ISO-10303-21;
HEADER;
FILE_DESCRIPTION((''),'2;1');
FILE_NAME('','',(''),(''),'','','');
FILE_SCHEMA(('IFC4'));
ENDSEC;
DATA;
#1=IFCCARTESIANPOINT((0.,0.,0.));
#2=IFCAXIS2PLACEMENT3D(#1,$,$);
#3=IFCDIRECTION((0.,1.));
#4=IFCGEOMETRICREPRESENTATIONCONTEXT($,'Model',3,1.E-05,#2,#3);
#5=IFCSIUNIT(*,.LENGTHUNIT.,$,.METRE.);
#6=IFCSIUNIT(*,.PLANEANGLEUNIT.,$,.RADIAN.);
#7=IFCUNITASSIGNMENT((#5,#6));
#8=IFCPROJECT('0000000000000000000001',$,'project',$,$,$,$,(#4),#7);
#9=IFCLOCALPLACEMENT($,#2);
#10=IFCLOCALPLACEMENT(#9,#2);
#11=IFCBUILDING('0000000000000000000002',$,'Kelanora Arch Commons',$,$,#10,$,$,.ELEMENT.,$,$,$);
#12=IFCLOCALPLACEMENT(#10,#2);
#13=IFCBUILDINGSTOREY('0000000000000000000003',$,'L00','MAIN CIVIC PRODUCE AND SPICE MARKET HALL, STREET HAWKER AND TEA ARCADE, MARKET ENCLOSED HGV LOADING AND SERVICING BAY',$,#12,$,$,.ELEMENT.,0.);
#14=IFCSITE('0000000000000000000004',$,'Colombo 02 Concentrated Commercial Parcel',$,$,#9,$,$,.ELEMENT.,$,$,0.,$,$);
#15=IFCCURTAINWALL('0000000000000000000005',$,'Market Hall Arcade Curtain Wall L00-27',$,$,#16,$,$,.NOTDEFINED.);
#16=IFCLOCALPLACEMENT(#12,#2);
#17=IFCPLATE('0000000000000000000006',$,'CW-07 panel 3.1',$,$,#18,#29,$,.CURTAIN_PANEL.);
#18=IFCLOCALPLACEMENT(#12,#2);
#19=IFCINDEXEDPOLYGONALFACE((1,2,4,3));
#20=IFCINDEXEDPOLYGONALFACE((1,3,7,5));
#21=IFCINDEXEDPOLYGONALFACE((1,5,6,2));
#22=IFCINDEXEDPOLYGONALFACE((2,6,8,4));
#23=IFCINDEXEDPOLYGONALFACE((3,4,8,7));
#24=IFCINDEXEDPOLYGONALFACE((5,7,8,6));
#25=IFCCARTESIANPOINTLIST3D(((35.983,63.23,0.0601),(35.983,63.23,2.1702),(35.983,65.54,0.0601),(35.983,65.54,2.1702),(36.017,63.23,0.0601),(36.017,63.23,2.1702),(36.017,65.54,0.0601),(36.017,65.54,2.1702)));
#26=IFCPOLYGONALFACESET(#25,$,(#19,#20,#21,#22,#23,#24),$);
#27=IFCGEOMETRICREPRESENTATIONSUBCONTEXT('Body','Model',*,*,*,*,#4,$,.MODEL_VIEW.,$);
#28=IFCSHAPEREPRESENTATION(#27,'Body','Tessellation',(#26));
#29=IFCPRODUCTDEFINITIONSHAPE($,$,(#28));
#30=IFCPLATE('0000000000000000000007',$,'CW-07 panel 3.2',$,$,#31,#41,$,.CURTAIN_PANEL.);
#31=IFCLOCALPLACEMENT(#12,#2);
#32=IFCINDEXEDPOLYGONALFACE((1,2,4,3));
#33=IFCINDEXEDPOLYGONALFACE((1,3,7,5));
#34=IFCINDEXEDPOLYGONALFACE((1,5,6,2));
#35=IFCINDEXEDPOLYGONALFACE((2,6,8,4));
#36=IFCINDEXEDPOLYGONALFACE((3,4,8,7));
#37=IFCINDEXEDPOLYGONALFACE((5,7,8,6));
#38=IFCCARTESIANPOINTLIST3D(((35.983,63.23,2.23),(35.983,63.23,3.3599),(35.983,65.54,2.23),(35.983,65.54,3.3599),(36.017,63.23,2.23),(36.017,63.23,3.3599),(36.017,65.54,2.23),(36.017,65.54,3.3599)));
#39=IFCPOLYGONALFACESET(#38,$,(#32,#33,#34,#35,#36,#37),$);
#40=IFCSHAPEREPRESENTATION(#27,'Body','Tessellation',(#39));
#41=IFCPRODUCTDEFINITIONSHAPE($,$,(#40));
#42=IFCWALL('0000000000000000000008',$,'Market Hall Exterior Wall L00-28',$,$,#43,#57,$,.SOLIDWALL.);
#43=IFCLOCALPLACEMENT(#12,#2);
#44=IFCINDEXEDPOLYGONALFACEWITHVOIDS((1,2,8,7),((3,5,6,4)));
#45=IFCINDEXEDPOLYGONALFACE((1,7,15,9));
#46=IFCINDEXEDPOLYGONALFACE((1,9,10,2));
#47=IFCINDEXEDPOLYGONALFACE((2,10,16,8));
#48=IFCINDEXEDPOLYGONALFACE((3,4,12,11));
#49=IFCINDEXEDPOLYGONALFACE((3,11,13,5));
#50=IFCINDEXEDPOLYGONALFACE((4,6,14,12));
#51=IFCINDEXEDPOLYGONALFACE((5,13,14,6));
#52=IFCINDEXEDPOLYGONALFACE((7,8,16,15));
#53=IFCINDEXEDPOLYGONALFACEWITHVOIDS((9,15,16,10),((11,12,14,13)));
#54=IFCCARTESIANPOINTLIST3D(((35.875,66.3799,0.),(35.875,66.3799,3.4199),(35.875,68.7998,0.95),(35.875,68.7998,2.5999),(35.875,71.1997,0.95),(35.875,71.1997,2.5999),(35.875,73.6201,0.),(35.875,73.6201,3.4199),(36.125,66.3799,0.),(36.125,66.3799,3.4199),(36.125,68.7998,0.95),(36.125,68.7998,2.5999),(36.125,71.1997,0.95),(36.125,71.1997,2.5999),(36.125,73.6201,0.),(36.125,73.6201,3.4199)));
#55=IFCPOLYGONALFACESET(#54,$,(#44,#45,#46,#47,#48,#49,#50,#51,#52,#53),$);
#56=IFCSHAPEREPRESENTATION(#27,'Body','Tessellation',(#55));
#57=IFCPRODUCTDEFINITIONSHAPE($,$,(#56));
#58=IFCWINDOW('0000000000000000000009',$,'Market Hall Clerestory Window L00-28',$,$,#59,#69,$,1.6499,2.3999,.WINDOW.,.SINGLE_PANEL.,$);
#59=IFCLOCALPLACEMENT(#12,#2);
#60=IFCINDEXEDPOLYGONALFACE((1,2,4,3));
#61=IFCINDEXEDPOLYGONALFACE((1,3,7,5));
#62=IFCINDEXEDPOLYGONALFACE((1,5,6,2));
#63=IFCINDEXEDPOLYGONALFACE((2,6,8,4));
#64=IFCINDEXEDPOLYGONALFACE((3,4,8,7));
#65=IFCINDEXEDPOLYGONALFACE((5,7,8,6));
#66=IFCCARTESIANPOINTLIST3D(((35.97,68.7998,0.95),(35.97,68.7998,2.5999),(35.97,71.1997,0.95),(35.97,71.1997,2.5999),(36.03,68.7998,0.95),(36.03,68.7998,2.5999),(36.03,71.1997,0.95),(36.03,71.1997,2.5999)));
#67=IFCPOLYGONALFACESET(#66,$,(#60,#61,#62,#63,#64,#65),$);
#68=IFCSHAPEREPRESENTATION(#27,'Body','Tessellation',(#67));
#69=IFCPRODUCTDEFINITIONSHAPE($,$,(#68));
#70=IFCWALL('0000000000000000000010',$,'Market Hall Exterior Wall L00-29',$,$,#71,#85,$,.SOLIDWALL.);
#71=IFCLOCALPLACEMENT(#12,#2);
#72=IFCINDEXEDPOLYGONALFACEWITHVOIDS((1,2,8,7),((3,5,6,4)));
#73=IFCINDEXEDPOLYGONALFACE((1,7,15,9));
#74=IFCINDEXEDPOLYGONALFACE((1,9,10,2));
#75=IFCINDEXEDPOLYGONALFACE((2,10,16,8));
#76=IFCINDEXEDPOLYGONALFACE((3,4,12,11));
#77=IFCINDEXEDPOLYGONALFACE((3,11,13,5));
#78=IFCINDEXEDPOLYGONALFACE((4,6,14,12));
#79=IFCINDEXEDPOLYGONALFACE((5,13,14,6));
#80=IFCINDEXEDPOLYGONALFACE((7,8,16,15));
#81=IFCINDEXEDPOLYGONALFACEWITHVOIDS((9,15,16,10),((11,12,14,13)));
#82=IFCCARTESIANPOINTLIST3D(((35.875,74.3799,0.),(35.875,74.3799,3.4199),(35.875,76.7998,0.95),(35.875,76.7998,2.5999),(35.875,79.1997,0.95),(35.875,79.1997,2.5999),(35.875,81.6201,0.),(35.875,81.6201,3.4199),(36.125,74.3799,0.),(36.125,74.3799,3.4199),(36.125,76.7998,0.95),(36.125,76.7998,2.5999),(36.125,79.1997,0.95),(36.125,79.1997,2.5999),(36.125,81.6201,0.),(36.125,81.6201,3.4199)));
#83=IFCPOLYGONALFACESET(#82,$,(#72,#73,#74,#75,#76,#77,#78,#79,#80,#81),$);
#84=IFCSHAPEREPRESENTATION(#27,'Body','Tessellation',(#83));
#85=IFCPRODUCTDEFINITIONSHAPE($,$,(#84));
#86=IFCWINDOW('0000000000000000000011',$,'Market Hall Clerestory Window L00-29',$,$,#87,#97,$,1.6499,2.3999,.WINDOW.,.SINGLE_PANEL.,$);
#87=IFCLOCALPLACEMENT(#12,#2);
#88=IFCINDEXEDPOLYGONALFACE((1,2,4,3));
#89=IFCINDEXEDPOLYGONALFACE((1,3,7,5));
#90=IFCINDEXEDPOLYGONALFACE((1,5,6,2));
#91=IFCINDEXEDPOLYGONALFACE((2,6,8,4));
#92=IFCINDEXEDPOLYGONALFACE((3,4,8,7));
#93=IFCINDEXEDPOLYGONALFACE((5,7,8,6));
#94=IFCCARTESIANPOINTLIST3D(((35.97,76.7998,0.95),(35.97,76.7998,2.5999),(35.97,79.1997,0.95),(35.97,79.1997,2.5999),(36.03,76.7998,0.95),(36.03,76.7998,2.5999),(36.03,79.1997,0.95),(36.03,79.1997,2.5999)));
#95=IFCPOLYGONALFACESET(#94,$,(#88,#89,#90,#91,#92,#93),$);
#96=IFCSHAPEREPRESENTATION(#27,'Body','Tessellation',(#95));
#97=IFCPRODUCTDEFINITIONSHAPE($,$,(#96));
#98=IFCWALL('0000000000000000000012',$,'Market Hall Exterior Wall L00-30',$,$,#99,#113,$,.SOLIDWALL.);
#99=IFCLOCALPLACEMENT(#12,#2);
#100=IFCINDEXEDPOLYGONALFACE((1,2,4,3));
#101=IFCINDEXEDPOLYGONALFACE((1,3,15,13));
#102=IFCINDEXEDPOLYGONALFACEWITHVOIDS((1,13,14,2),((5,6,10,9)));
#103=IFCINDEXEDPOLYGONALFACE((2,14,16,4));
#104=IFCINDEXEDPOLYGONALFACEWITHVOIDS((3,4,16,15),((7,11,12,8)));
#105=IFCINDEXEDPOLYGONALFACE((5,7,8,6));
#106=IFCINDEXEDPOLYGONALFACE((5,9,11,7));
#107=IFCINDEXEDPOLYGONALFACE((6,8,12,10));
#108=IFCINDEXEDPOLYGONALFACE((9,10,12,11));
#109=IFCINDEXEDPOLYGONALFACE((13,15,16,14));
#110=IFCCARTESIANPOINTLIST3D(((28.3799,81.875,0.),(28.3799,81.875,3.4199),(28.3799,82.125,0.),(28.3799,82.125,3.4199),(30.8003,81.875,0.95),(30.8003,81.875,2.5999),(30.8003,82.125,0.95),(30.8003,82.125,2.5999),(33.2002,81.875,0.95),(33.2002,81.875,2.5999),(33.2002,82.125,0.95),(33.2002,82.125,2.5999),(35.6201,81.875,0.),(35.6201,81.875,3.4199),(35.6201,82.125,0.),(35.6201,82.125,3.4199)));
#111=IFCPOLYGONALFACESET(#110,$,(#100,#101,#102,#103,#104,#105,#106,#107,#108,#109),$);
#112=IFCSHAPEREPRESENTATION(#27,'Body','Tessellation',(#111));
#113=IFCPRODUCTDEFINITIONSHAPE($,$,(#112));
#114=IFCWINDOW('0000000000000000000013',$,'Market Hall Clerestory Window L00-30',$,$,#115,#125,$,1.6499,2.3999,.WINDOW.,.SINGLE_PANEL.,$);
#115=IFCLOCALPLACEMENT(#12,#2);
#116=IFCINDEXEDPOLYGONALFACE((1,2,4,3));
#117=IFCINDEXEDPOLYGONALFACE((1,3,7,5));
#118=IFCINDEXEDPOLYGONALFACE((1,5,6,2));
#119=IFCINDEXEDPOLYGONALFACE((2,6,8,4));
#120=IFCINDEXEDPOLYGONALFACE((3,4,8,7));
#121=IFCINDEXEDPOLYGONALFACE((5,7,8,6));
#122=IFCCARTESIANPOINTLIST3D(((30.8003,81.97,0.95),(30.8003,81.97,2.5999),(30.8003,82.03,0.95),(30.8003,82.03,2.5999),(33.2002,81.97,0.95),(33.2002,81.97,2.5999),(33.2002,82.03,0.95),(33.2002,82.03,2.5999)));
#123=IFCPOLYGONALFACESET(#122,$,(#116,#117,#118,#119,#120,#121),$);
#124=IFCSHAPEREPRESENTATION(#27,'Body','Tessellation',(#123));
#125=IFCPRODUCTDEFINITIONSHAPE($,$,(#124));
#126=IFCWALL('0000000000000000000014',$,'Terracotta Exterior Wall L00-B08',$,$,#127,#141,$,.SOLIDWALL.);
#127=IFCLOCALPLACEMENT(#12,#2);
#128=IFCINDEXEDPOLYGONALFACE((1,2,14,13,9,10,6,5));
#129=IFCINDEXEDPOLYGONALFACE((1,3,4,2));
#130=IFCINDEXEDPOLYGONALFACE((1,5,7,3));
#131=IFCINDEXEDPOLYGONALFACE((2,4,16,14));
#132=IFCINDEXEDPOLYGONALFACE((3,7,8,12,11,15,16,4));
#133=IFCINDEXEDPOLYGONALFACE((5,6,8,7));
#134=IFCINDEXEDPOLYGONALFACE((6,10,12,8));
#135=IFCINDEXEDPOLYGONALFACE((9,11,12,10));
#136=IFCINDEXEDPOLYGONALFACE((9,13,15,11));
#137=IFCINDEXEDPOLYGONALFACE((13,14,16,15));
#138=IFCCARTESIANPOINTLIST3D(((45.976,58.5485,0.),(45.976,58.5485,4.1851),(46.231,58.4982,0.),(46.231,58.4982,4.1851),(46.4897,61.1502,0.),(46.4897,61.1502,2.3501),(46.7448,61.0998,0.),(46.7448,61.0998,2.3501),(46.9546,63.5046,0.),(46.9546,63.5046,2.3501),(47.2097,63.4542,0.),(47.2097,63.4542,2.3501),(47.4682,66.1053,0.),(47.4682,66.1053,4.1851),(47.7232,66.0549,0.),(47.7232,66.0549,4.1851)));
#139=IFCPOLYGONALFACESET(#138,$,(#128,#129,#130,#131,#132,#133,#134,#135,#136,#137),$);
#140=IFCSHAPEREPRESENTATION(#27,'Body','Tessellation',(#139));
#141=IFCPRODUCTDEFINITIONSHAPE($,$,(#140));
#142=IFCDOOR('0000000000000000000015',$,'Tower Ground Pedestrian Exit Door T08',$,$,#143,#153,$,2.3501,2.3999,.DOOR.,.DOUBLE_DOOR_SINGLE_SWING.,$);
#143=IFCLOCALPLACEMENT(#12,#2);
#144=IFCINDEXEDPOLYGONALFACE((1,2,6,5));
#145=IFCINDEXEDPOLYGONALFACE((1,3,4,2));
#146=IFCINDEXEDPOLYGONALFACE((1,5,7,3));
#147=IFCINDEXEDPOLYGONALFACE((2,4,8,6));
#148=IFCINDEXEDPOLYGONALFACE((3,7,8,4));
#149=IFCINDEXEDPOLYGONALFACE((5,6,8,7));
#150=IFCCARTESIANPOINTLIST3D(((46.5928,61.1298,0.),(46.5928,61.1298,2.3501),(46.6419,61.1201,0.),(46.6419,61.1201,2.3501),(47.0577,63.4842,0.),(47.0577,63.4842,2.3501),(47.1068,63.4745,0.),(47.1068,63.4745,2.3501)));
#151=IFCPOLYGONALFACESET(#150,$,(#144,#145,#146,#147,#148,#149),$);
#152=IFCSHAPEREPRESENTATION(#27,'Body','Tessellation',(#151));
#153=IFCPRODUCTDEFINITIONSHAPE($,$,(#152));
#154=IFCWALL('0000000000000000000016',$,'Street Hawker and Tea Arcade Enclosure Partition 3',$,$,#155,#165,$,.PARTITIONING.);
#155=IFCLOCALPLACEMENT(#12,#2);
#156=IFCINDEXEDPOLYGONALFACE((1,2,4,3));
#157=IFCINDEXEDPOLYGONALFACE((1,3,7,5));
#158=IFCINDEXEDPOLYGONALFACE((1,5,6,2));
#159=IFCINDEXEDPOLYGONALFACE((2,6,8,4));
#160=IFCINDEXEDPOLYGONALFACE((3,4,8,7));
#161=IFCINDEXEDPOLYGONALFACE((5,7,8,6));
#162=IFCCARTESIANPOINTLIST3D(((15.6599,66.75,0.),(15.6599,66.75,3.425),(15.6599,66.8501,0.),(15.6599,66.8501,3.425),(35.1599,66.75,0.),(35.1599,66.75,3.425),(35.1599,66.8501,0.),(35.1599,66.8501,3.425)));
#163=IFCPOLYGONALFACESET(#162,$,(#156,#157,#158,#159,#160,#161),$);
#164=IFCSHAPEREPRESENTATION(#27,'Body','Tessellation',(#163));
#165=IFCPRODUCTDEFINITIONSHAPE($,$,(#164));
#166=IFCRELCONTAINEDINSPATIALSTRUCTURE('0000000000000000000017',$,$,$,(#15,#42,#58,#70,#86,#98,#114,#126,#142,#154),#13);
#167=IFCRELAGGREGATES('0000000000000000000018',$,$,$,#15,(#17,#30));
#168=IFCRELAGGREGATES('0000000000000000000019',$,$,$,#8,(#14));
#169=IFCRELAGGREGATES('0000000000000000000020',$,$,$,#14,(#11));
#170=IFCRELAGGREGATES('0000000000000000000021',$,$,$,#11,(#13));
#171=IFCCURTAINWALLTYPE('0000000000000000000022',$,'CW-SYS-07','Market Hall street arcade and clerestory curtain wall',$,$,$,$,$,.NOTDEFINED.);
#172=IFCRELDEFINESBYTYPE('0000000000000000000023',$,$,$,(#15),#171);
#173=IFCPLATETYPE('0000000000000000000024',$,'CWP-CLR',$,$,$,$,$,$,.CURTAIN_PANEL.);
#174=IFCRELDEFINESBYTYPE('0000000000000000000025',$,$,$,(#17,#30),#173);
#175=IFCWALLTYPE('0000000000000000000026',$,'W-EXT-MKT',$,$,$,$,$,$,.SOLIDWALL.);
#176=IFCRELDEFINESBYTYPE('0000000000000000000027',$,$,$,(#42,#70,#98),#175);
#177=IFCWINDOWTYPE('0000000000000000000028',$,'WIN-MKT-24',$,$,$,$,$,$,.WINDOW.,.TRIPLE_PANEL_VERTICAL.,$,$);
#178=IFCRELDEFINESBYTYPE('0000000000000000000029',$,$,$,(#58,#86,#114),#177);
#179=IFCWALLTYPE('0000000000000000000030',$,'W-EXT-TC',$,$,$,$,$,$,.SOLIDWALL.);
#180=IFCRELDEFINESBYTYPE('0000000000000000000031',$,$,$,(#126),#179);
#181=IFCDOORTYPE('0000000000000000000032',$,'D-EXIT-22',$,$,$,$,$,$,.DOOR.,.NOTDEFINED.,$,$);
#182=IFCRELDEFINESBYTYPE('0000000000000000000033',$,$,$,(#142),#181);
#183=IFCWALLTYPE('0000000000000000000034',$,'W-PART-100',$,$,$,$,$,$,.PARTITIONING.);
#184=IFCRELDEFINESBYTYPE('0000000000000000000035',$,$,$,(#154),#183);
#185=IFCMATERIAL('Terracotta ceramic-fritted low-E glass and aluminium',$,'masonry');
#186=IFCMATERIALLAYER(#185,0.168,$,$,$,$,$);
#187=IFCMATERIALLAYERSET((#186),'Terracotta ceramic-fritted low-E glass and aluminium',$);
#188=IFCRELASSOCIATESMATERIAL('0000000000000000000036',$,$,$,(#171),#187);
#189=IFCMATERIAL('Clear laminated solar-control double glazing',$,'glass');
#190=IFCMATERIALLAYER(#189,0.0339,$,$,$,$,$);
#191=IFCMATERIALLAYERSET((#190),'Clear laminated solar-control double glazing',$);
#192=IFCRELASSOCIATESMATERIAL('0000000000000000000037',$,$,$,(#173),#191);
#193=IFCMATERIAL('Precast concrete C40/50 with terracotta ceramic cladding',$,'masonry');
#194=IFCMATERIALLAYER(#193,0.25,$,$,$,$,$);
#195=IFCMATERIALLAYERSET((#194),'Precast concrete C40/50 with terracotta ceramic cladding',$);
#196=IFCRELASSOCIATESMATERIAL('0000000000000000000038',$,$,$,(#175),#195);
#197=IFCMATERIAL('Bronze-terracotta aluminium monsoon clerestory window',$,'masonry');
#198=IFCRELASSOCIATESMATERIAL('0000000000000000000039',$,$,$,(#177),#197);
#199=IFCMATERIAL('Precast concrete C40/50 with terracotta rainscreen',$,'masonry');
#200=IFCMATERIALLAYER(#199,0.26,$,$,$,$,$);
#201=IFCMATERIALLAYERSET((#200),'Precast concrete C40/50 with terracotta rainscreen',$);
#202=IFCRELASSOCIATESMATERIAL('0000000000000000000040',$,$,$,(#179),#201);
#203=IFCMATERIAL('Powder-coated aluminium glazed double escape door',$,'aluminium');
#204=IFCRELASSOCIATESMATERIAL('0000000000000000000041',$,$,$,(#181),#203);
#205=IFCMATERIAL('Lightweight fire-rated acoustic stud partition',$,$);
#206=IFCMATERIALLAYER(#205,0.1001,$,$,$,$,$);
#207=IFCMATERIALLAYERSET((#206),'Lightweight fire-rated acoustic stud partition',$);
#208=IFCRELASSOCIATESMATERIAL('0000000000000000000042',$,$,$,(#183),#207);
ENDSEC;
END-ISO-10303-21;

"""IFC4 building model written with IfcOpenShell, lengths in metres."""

from ifc_helpers import new_model, si_unit, direction, frame, frame_2d, origin, origin_2d, place, context, subcontext, project, spatial, rectangle, extrude, source, transform, mapped, material, layer, layer_set, type_object, element, fill, aggregate, save


model = new_model("IFC4")

# Units and contexts
model_context = context("Model", 3, precision=1e-05, world=origin(), true_north=direction((0.0, 1.0)))
body_context = subcontext(model_context, "Body", "Model", "MODEL_VIEW")
ifc_project = project(units=[si_unit("LENGTHUNIT", "METRE"), si_unit("PLANEANGLEUNIT", "RADIAN")], contexts=[model_context])

# Site, building, storey
site_placement = place(None, origin())
site = spatial("IfcSite", under=ifc_project, at=site_placement, Name="Colombo 02 Concentrated Commercial Parcel", CompositionType="ELEMENT", RefElevation=0.0)
building_placement = place(site_placement, origin())
building = spatial("IfcBuilding", under=site, at=building_placement, Name="Kelanora Arch Commons", CompositionType="ELEMENT")
storey_placement = place(building_placement, origin())
storey = spatial("IfcBuildingStorey", under=building, at=storey_placement, Name="L00", Description="MAIN CIVIC PRODUCE AND SPICE MARKET HALL, STREET HAWKER AND TEA ARCADE, MARKET ENCLOSED HGV LOADING AND SERVICING BAY", CompositionType="ELEMENT", Elevation=0.0)

# Curtain wall, plates
ifc_material_1 = material(Name="Terracotta ceramic-fritted low-E glass and aluminium", Category="masonry")
ifc_layer_1 = layer(ifc_material_1, 0.168)
ifc_layer_set_1 = layer_set([ifc_layer_1], Name="Terracotta ceramic-fritted low-E glass and aluminium")
curtain_wall_type = type_object("IfcCurtainWallType", Name="CW-SYS-07", Description="Market Hall street arcade and clerestory curtain wall", PredefinedType="NOTDEFINED", material=ifc_layer_set_1)
curtain_wall_placement = place(storey_placement, origin())
curtain_wall = element("IfcCurtainWall", 1, at=curtain_wall_placement, inside=storey, type_object=curtain_wall_type, Name="Market Hall Arcade Curtain Wall L00-27", PredefinedType="NOTDEFINED")
ifc_material_2 = material(Name="Clear laminated solar-control double glazing", Category="glass")
ifc_layer_2 = layer(ifc_material_2, 0.0339)
ifc_layer_set_2 = layer_set([ifc_layer_2], Name="Clear laminated solar-control double glazing")
plate_type = type_object("IfcPlateType", Name="CWP-CLR", PredefinedType="CURTAIN_PANEL", material=ifc_layer_set_2)
shared_shape_1 = source(origin(), body_context, "Body", "SweptSolid", [
    extrude(rectangle(XDim=2.3101, YDim=0.0339, at=origin_2d()), origin(), (0.0, 0.0, 1.0), 2.1101),
])
plate_1_placement = place(storey_placement, frame((36.0, 64.385, 0.0601), z_axis=(0.0, 0.0, 1.0), x_axis=(0.0, 1.0, 0.0)))
plate_1 = element("IfcPlate", 2, at=plate_1_placement, type_object=plate_type, Name="CW-07 panel 3.1", PredefinedType="CURTAIN_PANEL", context=body_context, shape_type="MappedRepresentation", body=[
    mapped(shared_shape_1, transform((0.0, 0.0, 0.0), scale=1.0)),
])
shared_shape_2 = source(origin(), body_context, "Body", "SweptSolid", [
    extrude(rectangle(XDim=2.3101, YDim=0.0339, at=origin_2d()), origin(), (0.0, 0.0, 1.0), 1.1299),
])
plate_2_placement = place(storey_placement, frame((36.0, 64.385, 2.23), z_axis=(0.0, 0.0, 1.0), x_axis=(0.0, 1.0, 0.0)))
plate_2 = element("IfcPlate", 3, at=plate_2_placement, type_object=plate_type, Name="CW-07 panel 3.2", PredefinedType="CURTAIN_PANEL", context=body_context, shape_type="MappedRepresentation", body=[
    mapped(shared_shape_2, transform((0.0, 0.0, 0.0), scale=1.0)),
])
aggregate(curtain_wall, [plate_1, plate_2])

# Walls, openings, windows
ifc_material_3 = material(Name="Precast concrete C40/50 with terracotta ceramic cladding", Category="masonry")
ifc_layer_3 = layer(ifc_material_3, 0.25)
ifc_layer_set_3 = layer_set([ifc_layer_3], Name="Precast concrete C40/50 with terracotta ceramic cladding")
wall_type_1 = type_object("IfcWallType", Name="W-EXT-MKT", PredefinedType="SOLIDWALL", material=ifc_layer_set_3)
wall_1_placement = place(storey_placement, frame((36.0, 66.3799, 0.0), z_axis=(0.0, 0.0, 1.0), x_axis=(0.0, 1.0, 0.0)))
wall_1 = element("IfcWall", 4, at=wall_1_placement, inside=storey, type_object=wall_type_1, Name="Market Hall Exterior Wall L00-28", PredefinedType="SOLIDWALL", context=body_context, shape_type="SweptSolid", body=[
    extrude(rectangle(XDim=7.2402, YDim=0.25, at=frame_2d((3.6201, 0.0))), origin(), (0.0, 0.0, 1.0), 3.4199),
])
opening_1_placement = place(wall_1_placement, frame((2.4199, 0.0, 0.95)))
opening_1 = element("IfcOpeningElement", 5, at=opening_1_placement, cuts=wall_1, PredefinedType="OPENING", context=body_context, shape_type="SweptSolid", body=[
    extrude(rectangle(XDim=2.3999, YDim=1.6499, at=frame_2d((1.2, 0.825))), frame((0.0, 0.135, 0.0), z_axis=(0.0, -1.0, 0.0), x_axis=(1.0, 0.0, 0.0)), (0.0, 0.0, 1.0), 0.27),
])
ifc_material_4 = material(Name="Bronze-terracotta aluminium monsoon clerestory window", Category="masonry")
window_type = type_object("IfcWindowType", Name="WIN-MKT-24", PartitioningType="TRIPLE_PANEL_VERTICAL", PredefinedType="WINDOW", material=ifc_material_4)
window_1_placement = place(opening_1_placement, origin())
window_1 = element("IfcWindow", 6, at=window_1_placement, inside=storey, type_object=window_type, Name="Market Hall Clerestory Window L00-28", OverallHeight=1.6499, OverallWidth=2.3999, PartitioningType="SINGLE_PANEL", PredefinedType="WINDOW", context=body_context, shape_type="SweptSolid", body=[
    extrude(rectangle(XDim=2.3999, YDim=1.6499, at=frame_2d((1.2, 0.825))), frame((0.0, 0.03, 0.0), z_axis=(0.0, -1.0, 0.0), x_axis=(1.0, 0.0, 0.0)), (0.0, 0.0, 1.0), 0.0601),
])
fill(opening_1, window_1)
wall_2_placement = place(storey_placement, frame((36.0, 74.3799, 0.0), z_axis=(0.0, 0.0, 1.0), x_axis=(0.0, 1.0, 0.0)))
wall_2 = element("IfcWall", 7, at=wall_2_placement, inside=storey, type_object=wall_type_1, Name="Market Hall Exterior Wall L00-29", PredefinedType="SOLIDWALL", context=body_context, shape_type="SweptSolid", body=[
    extrude(rectangle(XDim=7.2402, YDim=0.25, at=frame_2d((3.6201, 0.0))), origin(), (0.0, 0.0, 1.0), 3.4199),
])
opening_2_placement = place(wall_2_placement, frame((2.4199, 0.0, 0.95)))
opening_2 = element("IfcOpeningElement", 8, at=opening_2_placement, cuts=wall_2, PredefinedType="OPENING", context=body_context, shape_type="SweptSolid", body=[
    extrude(rectangle(XDim=2.3999, YDim=1.6499, at=frame_2d((1.2, 0.825))), frame((0.0, 0.135, 0.0), z_axis=(0.0, -1.0, 0.0), x_axis=(1.0, 0.0, 0.0)), (0.0, 0.0, 1.0), 0.27),
])
window_2_placement = place(opening_2_placement, origin())
window_2 = element("IfcWindow", 9, at=window_2_placement, inside=storey, type_object=window_type, Name="Market Hall Clerestory Window L00-29", OverallHeight=1.6499, OverallWidth=2.3999, PartitioningType="SINGLE_PANEL", PredefinedType="WINDOW", context=body_context, shape_type="SweptSolid", body=[
    extrude(rectangle(XDim=2.3999, YDim=1.6499, at=frame_2d((1.2, 0.825))), frame((0.0, 0.03, 0.0), z_axis=(0.0, -1.0, 0.0), x_axis=(1.0, 0.0, 0.0)), (0.0, 0.0, 1.0), 0.0601),
])
fill(opening_2, window_2)
wall_3_placement = place(storey_placement, frame((35.6201, 82.0, 0.0), z_axis=(0.0, 0.0, 1.0), x_axis=(-1.0, 0.0, 0.0)))
wall_3 = element("IfcWall", 10, at=wall_3_placement, inside=storey, type_object=wall_type_1, Name="Market Hall Exterior Wall L00-30", PredefinedType="SOLIDWALL", context=body_context, shape_type="SweptSolid", body=[
    extrude(rectangle(XDim=7.2402, YDim=0.25, at=frame_2d((3.6201, 0.0))), origin(), (0.0, 0.0, 1.0), 3.4199),
])
opening_3_placement = place(wall_3_placement, frame((2.4199, 0.0, 0.95)))
opening_3 = element("IfcOpeningElement", 11, at=opening_3_placement, cuts=wall_3, PredefinedType="OPENING", context=body_context, shape_type="SweptSolid", body=[
    extrude(rectangle(XDim=2.3999, YDim=1.6499, at=frame_2d((1.2, 0.825))), frame((0.0, 0.135, 0.0), z_axis=(0.0, -1.0, 0.0), x_axis=(1.0, 0.0, 0.0)), (0.0, 0.0, 1.0), 0.27),
])
window_3_placement = place(opening_3_placement, origin())
window_3 = element("IfcWindow", 12, at=window_3_placement, inside=storey, type_object=window_type, Name="Market Hall Clerestory Window L00-30", OverallHeight=1.6499, OverallWidth=2.3999, PartitioningType="SINGLE_PANEL", PredefinedType="WINDOW", context=body_context, shape_type="SweptSolid", body=[
    extrude(rectangle(XDim=2.3999, YDim=1.6499, at=frame_2d((1.2, 0.825))), frame((0.0, 0.03, 0.0), z_axis=(0.0, -1.0, 0.0), x_axis=(1.0, 0.0, 0.0)), (0.0, 0.0, 1.0), 0.0601),
])
fill(opening_3, window_3)

# Wall, opening, door
ifc_material_5 = material(Name="Precast concrete C40/50 with terracotta rainscreen", Category="masonry")
ifc_layer_4 = layer(ifc_material_5, 0.26)
ifc_layer_set_4 = layer_set([ifc_layer_4], Name="Precast concrete C40/50 with terracotta rainscreen")
wall_type_2 = type_object("IfcWallType", Name="W-EXT-TC", PredefinedType="SOLIDWALL", material=ifc_layer_set_4)
wall_4_placement = place(storey_placement, frame((47.5957, 66.0801, 0.0), z_axis=(0.0, 0.0, 1.0), x_axis=(-0.193726, -0.981056, 0.0)))
wall_4 = element("IfcWall", 13, at=wall_4_placement, inside=storey, type_object=wall_type_2, Name="Terracotta Exterior Wall L00-B08", PredefinedType="SOLIDWALL", context=body_context, shape_type="SweptSolid", body=[
    extrude(rectangle(XDim=7.7026, YDim=0.26, at=frame_2d((3.8513, 0.0))), origin(), (0.0, 0.0, 1.0), 4.1851),
])
opening_4_placement = place(wall_4_placement, frame((2.6509, 0.0, 0.0)))
opening_4 = element("IfcOpeningElement", 14, at=opening_4_placement, cuts=wall_4, PredefinedType="OPENING", context=body_context, shape_type="SweptSolid", body=[
    extrude(rectangle(XDim=2.3999, YDim=2.3501, at=frame_2d((1.2, 1.175))), frame((0.0, 0.1401, 0.0), z_axis=(0.0, -1.0, 0.0), x_axis=(1.0, 0.0, 0.0)), (0.0, 0.0, 1.0), 0.28),
])
ifc_material_6 = material(Name="Powder-coated aluminium glazed double escape door", Category="aluminium")
door_type = type_object("IfcDoorType", Name="D-EXIT-22", OperationType="NOTDEFINED", PredefinedType="DOOR", material=ifc_material_6)
door_placement = place(opening_4_placement, frame((2.3999, 0.0, 0.0), z_axis=(0.0, 0.0, 1.0), x_axis=(-1.0, 0.0, 0.0)))
door = element("IfcDoor", 15, at=door_placement, inside=storey, type_object=door_type, Name="Tower Ground Pedestrian Exit Door T08", OperationType="DOUBLE_DOOR_SINGLE_SWING", OverallHeight=2.3501, OverallWidth=2.3999, PredefinedType="DOOR", context=body_context, shape_type="SweptSolid", body=[
    extrude(rectangle(XDim=2.3999, YDim=2.3501, at=frame_2d((1.2, 1.175))), frame((0.0, 0.0249, 0.0), z_axis=(0.0, -1.0, 0.0), x_axis=(1.0, 0.0, 0.0)), (0.0, 0.0, 1.0), 0.05),
])
fill(opening_4, door)

# Wall
ifc_material_7 = material(Name="Lightweight fire-rated acoustic stud partition")
ifc_layer_5 = layer(ifc_material_7, 0.1001)
ifc_layer_set_5 = layer_set([ifc_layer_5], Name="Lightweight fire-rated acoustic stud partition")
wall_type_3 = type_object("IfcWallType", Name="W-PART-100", PredefinedType="PARTITIONING", material=ifc_layer_set_5)
wall_5_placement = place(storey_placement, frame((35.1599, 66.8, 0.0), z_axis=(0.0, 0.0, 1.0), x_axis=(-1.0, 0.0, 0.0)))
element("IfcWall", 16, at=wall_5_placement, inside=storey, type_object=wall_type_3, Name="Street Hawker and Tea Arcade Enclosure Partition 3", PredefinedType="PARTITIONING", context=body_context, shape_type="SweptSolid", body=[
    extrude(rectangle(XDim=19.5, YDim=0.1001, at=frame_2d((9.75, 0.0))), origin(), (0.0, 0.0, 1.0), 3.425),
])

save(model, "model.ifc")
